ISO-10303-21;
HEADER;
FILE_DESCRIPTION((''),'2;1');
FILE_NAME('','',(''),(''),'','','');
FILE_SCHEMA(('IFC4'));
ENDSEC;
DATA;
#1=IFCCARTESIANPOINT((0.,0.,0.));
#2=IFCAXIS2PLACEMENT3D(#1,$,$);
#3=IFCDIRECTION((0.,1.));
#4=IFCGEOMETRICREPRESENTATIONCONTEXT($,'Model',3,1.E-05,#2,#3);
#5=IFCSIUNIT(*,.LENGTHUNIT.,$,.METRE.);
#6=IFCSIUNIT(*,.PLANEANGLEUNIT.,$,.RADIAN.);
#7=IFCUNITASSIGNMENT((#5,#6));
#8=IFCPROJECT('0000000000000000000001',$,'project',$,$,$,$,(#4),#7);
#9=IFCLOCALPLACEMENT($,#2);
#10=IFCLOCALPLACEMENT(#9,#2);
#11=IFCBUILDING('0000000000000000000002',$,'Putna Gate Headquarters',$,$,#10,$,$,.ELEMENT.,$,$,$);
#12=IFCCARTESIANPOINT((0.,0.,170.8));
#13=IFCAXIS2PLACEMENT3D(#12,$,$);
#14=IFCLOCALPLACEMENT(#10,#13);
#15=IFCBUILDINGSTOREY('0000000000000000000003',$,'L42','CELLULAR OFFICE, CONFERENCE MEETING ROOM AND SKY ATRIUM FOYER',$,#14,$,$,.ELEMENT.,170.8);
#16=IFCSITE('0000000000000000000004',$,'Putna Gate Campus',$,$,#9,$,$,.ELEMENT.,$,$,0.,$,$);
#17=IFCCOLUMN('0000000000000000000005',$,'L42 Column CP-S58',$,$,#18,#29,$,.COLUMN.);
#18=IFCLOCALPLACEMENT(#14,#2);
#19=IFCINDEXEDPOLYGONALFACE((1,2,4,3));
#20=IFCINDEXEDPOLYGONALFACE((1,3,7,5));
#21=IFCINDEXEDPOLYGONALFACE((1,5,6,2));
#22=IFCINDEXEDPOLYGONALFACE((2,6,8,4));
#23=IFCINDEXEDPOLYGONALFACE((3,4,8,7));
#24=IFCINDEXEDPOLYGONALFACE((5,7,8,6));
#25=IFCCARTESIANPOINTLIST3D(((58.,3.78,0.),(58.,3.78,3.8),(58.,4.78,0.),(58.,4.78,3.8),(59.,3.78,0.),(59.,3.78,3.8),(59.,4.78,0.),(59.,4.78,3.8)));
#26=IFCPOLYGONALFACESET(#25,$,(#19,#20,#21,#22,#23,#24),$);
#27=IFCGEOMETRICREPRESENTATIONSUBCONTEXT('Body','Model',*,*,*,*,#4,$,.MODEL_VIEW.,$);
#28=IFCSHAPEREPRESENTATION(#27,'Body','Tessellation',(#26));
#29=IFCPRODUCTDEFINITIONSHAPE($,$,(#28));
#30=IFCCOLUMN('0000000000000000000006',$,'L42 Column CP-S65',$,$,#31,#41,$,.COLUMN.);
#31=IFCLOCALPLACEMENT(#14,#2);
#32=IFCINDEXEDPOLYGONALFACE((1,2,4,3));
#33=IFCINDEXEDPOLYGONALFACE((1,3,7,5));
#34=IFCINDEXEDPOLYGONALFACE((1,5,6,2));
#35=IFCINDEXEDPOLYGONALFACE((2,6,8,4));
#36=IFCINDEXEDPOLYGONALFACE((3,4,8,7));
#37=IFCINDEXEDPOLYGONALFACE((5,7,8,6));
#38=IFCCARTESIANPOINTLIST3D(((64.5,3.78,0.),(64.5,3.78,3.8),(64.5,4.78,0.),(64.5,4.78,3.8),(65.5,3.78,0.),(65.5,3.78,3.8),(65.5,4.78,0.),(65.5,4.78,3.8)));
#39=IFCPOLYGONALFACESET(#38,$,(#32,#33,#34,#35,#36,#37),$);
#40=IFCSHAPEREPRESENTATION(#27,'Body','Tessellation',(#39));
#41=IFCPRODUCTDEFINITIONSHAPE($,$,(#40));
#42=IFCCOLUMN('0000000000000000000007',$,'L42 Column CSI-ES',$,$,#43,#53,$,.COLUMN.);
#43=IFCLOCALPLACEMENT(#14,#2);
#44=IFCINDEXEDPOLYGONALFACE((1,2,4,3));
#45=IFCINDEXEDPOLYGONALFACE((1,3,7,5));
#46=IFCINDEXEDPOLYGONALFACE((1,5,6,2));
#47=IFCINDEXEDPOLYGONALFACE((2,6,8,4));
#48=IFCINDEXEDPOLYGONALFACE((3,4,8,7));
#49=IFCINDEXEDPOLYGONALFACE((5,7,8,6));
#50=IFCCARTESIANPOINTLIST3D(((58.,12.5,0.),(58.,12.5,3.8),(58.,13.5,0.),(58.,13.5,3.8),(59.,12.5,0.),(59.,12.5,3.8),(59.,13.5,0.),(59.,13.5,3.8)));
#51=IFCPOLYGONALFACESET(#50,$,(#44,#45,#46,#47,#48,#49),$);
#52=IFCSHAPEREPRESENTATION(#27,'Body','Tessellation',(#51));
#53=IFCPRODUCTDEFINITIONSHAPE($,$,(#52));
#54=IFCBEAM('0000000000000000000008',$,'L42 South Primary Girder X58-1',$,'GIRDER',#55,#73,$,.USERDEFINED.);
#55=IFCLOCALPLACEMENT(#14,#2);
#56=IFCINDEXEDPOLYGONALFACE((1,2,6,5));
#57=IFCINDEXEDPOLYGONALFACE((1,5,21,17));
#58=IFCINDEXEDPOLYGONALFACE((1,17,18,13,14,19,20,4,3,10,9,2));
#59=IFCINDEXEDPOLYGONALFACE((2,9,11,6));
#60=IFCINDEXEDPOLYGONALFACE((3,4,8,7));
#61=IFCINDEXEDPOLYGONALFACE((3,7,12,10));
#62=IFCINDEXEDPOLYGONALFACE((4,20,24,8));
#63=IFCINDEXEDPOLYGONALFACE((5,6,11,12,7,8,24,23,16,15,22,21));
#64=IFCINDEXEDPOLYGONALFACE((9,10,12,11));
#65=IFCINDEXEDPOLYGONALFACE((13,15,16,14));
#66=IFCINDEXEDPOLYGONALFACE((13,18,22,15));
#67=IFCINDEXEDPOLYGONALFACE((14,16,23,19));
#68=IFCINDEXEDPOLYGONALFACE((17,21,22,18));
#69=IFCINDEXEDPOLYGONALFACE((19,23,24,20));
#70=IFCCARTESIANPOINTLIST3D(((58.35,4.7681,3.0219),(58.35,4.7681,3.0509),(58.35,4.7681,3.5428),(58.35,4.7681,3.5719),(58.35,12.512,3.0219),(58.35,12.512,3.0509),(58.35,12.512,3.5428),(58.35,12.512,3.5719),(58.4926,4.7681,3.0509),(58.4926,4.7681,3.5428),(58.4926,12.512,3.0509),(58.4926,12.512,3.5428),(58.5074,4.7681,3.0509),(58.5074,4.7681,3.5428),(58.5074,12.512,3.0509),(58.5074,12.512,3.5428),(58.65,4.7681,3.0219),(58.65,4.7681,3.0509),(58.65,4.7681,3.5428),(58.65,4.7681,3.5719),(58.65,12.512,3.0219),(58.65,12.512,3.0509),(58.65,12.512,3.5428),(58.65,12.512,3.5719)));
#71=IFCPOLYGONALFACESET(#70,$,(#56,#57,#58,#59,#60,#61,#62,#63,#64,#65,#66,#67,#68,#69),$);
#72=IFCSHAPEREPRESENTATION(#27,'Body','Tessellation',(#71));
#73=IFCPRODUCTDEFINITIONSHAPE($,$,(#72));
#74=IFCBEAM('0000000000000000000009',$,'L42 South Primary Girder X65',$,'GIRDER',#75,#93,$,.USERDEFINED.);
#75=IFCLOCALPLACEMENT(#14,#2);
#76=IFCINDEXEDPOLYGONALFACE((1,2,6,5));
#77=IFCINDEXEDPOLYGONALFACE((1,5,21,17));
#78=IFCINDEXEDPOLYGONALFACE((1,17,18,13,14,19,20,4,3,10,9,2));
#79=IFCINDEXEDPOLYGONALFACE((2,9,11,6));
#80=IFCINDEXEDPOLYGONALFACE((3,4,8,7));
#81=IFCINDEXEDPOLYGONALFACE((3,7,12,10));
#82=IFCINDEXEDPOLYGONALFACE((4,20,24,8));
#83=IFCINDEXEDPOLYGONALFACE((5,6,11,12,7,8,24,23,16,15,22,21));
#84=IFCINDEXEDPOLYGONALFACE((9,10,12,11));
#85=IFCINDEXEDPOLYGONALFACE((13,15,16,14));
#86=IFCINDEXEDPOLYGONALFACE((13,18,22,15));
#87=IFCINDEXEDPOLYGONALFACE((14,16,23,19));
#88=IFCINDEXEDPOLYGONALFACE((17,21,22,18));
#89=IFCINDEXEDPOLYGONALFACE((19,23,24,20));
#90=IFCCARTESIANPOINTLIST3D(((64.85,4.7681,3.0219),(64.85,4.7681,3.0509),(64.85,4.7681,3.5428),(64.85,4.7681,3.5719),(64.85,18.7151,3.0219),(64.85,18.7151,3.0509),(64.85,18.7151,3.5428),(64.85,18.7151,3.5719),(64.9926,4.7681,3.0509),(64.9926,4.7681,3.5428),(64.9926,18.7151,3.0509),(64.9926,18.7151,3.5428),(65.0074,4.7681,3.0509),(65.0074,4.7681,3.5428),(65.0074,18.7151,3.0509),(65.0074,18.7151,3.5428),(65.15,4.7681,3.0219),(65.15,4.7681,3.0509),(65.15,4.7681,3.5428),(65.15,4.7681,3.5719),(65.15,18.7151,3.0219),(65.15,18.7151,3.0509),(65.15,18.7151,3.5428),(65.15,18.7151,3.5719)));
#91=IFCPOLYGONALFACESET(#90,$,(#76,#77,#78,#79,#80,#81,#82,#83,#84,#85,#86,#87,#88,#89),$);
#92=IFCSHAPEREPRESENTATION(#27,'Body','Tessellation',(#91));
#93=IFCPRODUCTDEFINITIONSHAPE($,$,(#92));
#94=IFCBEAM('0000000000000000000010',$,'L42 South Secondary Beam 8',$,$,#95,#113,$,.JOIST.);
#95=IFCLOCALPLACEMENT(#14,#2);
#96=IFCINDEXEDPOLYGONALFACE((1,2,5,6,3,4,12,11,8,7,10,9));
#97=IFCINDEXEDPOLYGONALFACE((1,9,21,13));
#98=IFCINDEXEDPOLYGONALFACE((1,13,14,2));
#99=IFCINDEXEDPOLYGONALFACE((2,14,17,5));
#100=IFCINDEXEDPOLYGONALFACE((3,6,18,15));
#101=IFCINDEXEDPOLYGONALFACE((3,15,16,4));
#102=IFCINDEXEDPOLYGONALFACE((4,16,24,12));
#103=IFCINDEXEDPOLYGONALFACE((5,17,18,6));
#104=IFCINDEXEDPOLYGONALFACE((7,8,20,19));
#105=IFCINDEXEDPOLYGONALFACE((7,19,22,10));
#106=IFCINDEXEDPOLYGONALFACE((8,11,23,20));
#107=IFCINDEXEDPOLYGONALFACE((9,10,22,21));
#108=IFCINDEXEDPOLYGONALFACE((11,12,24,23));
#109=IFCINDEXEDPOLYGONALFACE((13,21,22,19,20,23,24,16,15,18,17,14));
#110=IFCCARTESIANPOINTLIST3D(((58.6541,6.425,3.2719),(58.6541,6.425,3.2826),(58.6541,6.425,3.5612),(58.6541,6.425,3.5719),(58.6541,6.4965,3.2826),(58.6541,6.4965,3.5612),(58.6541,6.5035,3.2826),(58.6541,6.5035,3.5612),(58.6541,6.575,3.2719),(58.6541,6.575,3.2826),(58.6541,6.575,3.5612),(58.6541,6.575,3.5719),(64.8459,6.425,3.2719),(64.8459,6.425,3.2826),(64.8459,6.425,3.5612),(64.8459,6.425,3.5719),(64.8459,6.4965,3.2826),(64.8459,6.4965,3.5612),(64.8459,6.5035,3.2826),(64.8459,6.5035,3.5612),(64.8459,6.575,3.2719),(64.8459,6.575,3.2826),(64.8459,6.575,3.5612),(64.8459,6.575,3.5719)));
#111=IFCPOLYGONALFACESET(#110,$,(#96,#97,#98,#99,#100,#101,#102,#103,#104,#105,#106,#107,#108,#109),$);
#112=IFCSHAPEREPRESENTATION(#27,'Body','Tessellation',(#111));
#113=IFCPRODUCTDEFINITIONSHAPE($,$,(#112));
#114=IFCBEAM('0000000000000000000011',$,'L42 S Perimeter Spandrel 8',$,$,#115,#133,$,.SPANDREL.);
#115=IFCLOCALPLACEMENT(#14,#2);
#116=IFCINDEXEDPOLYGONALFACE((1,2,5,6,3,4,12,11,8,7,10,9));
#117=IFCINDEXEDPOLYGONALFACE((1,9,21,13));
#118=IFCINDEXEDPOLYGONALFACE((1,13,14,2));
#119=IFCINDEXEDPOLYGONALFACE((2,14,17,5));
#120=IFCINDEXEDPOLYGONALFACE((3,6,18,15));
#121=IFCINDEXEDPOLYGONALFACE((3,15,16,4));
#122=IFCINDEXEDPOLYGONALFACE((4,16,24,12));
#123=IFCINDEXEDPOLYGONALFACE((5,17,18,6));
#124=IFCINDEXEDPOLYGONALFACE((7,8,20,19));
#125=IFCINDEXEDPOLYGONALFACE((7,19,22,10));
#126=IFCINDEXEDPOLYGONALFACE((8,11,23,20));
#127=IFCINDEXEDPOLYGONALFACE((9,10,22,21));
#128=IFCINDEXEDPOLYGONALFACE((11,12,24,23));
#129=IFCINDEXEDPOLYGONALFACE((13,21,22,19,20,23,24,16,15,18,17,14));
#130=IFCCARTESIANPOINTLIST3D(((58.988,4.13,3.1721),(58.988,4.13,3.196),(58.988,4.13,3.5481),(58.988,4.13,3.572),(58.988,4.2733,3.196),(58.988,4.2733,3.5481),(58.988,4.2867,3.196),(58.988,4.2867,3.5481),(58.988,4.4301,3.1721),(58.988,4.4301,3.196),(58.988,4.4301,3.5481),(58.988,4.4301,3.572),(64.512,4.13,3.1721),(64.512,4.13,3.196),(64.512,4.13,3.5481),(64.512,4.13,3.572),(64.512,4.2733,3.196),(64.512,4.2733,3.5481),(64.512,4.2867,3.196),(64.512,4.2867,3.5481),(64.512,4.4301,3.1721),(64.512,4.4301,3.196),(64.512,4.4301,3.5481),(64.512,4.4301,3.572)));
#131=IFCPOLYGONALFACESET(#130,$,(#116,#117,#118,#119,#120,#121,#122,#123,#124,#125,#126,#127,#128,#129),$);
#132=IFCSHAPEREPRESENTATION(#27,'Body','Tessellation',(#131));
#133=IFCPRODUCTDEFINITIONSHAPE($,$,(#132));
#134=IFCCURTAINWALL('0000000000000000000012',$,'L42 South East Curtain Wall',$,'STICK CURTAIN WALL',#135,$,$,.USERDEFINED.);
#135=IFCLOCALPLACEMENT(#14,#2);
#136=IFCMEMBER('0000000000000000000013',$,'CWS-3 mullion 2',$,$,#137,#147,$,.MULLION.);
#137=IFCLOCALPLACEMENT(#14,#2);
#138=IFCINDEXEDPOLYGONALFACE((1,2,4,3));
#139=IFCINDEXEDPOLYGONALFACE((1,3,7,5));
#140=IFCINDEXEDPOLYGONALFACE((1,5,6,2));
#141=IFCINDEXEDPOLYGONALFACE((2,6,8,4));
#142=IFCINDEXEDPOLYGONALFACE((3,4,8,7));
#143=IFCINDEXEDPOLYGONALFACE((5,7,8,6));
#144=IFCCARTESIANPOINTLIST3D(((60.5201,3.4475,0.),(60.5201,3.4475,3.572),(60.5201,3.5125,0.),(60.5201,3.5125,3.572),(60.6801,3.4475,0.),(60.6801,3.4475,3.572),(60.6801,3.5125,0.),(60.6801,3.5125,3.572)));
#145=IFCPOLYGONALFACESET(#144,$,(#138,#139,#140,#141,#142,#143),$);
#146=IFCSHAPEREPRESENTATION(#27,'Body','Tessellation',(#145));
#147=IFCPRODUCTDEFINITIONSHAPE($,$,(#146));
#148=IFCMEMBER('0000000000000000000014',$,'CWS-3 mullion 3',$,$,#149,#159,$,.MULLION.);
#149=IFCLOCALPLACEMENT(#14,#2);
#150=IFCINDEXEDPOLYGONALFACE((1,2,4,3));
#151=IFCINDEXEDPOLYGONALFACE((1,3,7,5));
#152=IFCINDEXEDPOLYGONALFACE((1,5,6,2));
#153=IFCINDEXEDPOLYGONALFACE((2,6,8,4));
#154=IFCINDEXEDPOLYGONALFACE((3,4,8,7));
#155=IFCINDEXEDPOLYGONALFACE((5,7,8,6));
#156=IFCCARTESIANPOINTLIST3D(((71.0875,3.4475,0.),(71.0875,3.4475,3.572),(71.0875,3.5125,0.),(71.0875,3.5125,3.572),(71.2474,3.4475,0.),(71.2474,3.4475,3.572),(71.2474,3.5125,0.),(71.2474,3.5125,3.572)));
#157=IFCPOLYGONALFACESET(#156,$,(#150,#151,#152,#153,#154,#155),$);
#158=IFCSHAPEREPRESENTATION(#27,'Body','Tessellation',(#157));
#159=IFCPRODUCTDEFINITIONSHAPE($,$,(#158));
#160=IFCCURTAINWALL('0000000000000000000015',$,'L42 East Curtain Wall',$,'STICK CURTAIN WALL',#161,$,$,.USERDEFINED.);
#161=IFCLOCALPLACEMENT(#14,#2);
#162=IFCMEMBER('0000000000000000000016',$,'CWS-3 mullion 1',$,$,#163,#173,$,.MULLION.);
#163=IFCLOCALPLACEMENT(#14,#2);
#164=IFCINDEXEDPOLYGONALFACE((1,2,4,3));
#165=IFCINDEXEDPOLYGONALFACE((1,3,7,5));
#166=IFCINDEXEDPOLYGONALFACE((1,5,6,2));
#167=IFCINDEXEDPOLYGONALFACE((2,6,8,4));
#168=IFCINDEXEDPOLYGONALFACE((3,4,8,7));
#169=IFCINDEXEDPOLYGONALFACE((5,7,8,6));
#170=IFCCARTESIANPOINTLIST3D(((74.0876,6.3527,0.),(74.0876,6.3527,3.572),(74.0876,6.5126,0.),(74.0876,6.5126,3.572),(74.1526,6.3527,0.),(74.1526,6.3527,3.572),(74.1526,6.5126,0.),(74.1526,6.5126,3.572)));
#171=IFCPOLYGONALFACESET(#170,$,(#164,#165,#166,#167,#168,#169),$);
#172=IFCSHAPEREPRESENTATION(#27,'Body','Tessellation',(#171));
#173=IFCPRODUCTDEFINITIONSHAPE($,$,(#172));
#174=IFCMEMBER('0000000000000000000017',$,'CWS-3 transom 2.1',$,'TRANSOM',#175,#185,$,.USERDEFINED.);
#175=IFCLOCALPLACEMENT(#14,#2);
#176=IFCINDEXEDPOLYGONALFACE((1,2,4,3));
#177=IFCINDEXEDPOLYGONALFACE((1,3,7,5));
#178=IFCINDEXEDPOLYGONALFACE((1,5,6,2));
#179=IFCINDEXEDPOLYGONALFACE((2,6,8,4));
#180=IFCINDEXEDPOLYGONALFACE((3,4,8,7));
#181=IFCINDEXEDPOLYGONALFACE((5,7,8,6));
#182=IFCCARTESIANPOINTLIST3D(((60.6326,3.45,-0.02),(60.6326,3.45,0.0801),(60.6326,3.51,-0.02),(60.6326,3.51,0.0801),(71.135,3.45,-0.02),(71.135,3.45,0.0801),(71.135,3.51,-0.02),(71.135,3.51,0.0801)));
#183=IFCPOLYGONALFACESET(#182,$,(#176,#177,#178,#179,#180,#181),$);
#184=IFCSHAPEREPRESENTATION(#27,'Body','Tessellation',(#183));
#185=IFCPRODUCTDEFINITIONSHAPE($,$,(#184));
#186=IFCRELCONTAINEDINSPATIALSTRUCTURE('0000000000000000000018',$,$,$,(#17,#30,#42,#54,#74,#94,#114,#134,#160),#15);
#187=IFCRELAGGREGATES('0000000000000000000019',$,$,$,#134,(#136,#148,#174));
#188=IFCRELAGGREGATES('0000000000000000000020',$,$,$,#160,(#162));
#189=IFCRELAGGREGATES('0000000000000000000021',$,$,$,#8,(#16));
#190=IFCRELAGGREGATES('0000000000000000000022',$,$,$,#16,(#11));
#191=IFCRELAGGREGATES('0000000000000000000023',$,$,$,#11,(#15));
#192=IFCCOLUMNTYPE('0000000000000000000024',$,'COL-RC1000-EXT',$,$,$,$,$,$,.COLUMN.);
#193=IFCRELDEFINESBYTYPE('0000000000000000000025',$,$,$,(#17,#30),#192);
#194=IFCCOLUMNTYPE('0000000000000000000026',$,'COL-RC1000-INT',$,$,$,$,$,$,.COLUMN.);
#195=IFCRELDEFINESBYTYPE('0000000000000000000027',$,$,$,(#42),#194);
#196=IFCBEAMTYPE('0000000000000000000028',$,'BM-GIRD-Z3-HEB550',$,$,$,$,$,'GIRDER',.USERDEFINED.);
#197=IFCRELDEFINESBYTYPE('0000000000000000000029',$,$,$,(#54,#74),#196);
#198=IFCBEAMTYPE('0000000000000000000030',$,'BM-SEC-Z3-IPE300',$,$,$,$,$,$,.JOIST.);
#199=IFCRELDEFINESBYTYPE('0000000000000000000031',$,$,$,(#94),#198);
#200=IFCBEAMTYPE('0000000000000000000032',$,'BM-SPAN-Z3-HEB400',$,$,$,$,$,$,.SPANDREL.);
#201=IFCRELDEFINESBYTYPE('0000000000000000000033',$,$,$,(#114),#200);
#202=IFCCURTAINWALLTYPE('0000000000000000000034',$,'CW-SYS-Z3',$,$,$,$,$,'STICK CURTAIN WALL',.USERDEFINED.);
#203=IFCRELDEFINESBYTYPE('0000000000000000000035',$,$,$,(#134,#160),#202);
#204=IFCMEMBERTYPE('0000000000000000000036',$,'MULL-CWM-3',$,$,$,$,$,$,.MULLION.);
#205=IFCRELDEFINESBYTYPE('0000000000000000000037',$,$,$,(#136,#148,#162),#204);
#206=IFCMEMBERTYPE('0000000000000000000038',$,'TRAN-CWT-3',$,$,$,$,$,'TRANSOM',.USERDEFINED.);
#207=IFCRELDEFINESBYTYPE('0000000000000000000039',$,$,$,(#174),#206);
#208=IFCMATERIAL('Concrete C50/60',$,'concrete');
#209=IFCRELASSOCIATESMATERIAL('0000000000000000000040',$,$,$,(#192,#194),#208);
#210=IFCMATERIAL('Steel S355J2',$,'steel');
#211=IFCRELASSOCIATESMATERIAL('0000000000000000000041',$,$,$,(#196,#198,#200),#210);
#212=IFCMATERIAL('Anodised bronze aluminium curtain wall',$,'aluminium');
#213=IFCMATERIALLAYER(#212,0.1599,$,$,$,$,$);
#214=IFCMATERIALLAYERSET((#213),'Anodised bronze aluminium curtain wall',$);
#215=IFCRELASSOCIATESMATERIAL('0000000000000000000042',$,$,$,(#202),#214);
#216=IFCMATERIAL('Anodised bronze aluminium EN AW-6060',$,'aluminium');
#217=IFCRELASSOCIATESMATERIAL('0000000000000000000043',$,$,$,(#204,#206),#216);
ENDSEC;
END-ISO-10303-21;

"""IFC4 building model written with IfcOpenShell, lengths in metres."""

from ifc_helpers import new_model, si_unit, direction, frame, origin, origin_2d, place, context, subcontext, project, spatial, rectangle, i_section, extrude, material, layer, layer_set, material_profile, profile_set, type_object, element, aggregate, save


model = new_model("IFC4")

# Units and contexts
model_context = context("Model", 3, precision=1e-05, world=origin(), true_north=direction((0.0, 1.0)))
body_context = subcontext(model_context, "Body", "Model", "MODEL_VIEW")
ifc_project = project(units=[si_unit("LENGTHUNIT", "METRE"), si_unit("PLANEANGLEUNIT", "RADIAN")], contexts=[model_context])

# Site, building, storey
site_placement = place(None, origin())
site = spatial("IfcSite", under=ifc_project, at=site_placement, Name="Putna Gate Campus", CompositionType="ELEMENT", RefElevation=0.0)
building_placement = place(site_placement, origin())
building = spatial("IfcBuilding", under=site, at=building_placement, Name="Putna Gate Headquarters", CompositionType="ELEMENT")
storey_placement = place(building_placement, frame((0.0, 0.0, 170.8)))
storey = spatial("IfcBuildingStorey", under=building, at=storey_placement, Name="L42", Description="CELLULAR OFFICE, CONFERENCE MEETING ROOM AND SKY ATRIUM FOYER", CompositionType="ELEMENT", Elevation=170.8)

# Columns
ifc_material_1 = material(Name="Concrete C50/60", Category="concrete")
ifc_material_profile_1 = material_profile(ifc_material_1, rectangle(XDim=1.0, YDim=1.0, at=origin_2d()), Name="Concrete C50/60")
ifc_profile_set_1 = profile_set([ifc_material_profile_1], Name="Concrete C50/60")
column_type_1 = type_object("IfcColumnType", Name="COL-RC1000-EXT", PredefinedType="COLUMN", material=ifc_profile_set_1)
for number, where, z_axis, x_axis, name in (
    (1, (58.5, 4.28, 0.0), (0.0, 0.0, 1.0), (1.0, 0.0, 0.0), "L42 Column CP-S58"),
    (2, (65.0, 4.28, 0.0), (0.0, 0.0, 1.0), (1.0, 0.0, 0.0), "L42 Column CP-S65"),
):
    element("IfcColumn", number, at=place(storey_placement, frame(where, z_axis=z_axis, x_axis=x_axis)), inside=storey, type_object=column_type_1, Name=name, PredefinedType="COLUMN", context=body_context, shape_type="SweptSolid", body=[
        extrude(rectangle(XDim=1.0, YDim=1.0, at=origin_2d()), origin(), (0.0, 0.0, 1.0), 3.8),
    ])
ifc_material_profile_2 = material_profile(ifc_material_1, rectangle(XDim=1.0, YDim=1.0, at=origin_2d()), Name="Concrete C50/60")
ifc_profile_set_2 = profile_set([ifc_material_profile_2], Name="Concrete C50/60")
column_type_2 = type_object("IfcColumnType", Name="COL-RC1000-INT", PredefinedType="COLUMN", material=ifc_profile_set_2)
column_placement = place(storey_placement, frame((58.5, 13.0, 0.0), z_axis=(0.0, 0.0, 1.0), x_axis=(1.0, 0.0, 0.0)))
element("IfcColumn", 3, at=column_placement, inside=storey, type_object=column_type_2, Name="L42 Column CSI-ES", PredefinedType="COLUMN", context=body_context, shape_type="SweptSolid", body=[
    extrude(rectangle(XDim=1.0, YDim=1.0, at=origin_2d()), origin(), (0.0, 0.0, 1.0), 3.8),
])

# Beams
ifc_material_2 = material(Name="Steel S355J2", Category="steel")
ifc_material_profile_3 = material_profile(ifc_material_2, i_section(OverallWidth=0.3, OverallDepth=0.55, WebThickness=0.0149, FlangeThickness=0.0291, at=origin_2d()), Name="Steel S355J2")
ifc_profile_set_3 = profile_set([ifc_material_profile_3], Name="Steel S355J2")
beam_type_1 = type_object("IfcBeamType", Name="BM-GIRD-Z3-HEB550", ElementType="GIRDER", PredefinedType="USERDEFINED", material=ifc_profile_set_3)
beam_1_placement = place(storey_placement, frame((58.5, 4.7681, 3.2969), z_axis=(0.0, 1.0, 0.0), x_axis=(-1.0, 0.0, 0.0)))
element("IfcBeam", 4, at=beam_1_placement, inside=storey, type_object=beam_type_1, Name="L42 South Primary Girder X58-1", ObjectType="GIRDER", PredefinedType="USERDEFINED", context=body_context, shape_type="SweptSolid", body=[
    extrude(i_section(OverallWidth=0.3, OverallDepth=0.55, WebThickness=0.0149, FlangeThickness=0.0291, at=origin_2d()), origin(), (0.0, 0.0, 1.0), 7.7439),
])
beam_2_placement = place(storey_placement, frame((65.0, 4.7681, 3.2969), z_axis=(0.0, 1.0, 0.0), x_axis=(-1.0, 0.0, 0.0)))
element("IfcBeam", 5, at=beam_2_placement, inside=storey, type_object=beam_type_1, Name="L42 South Primary Girder X65", ObjectType="GIRDER", PredefinedType="USERDEFINED", context=body_context, shape_type="SweptSolid", body=[
    extrude(i_section(OverallWidth=0.3, OverallDepth=0.55, WebThickness=0.0149, FlangeThickness=0.0291, at=origin_2d()), origin(), (0.0, 0.0, 1.0), 13.947),
])
ifc_material_profile_4 = material_profile(ifc_material_2, i_section(OverallWidth=0.1499, OverallDepth=0.3, WebThickness=0.0071, FlangeThickness=0.0107, at=origin_2d()), Name="Steel S355J2")
ifc_profile_set_4 = profile_set([ifc_material_profile_4], Name="Steel S355J2")
beam_type_2 = type_object("IfcBeamType", Name="BM-SEC-Z3-IPE300", PredefinedType="JOIST", material=ifc_profile_set_4)
beam_3_placement = place(storey_placement, frame((58.6541, 6.5, 3.4219), z_axis=(1.0, 0.0, 0.0), x_axis=(0.0, 1.0, 0.0)))
element("IfcBeam", 6, at=beam_3_placement, inside=storey, type_object=beam_type_2, Name="L42 South Secondary Beam 8", PredefinedType="JOIST", context=body_context, shape_type="SweptSolid", body=[
    extrude(i_section(OverallWidth=0.1499, OverallDepth=0.3, WebThickness=0.0071, FlangeThickness=0.0107, at=origin_2d()), origin(), (0.0, 0.0, 1.0), 6.1919),
])
ifc_material_profile_5 = material_profile(ifc_material_2, i_section(OverallWidth=0.3, OverallDepth=0.3999, WebThickness=0.0134, FlangeThickness=0.0239, at=origin_2d()), Name="Steel S355J2")
ifc_profile_set_5 = profile_set([ifc_material_profile_5], Name="Steel S355J2")
beam_type_3 = type_object("IfcBeamType", Name="BM-SPAN-Z3-HEB400", PredefinedType="SPANDREL", material=ifc_profile_set_5)
beam_4_placement = place(storey_placement, frame((58.988, 4.28, 3.3721), z_axis=(1.0, 0.0, 0.0), x_axis=(0.0, 1.0, 0.0)))
element("IfcBeam", 7, at=beam_4_placement, inside=storey, type_object=beam_type_3, Name="L42 S Perimeter Spandrel 8", PredefinedType="SPANDREL", context=body_context, shape_type="SweptSolid", body=[
    extrude(i_section(OverallWidth=0.3, OverallDepth=0.3999, WebThickness=0.0134, FlangeThickness=0.0239, at=origin_2d()), origin(), (0.0, 0.0, 1.0), 5.5239),
])

# Curtain wall, members
ifc_material_3 = material(Name="Anodised bronze aluminium curtain wall", Category="aluminium")
ifc_layer_1 = layer(ifc_material_3, 0.1599)
ifc_layer_set_1 = layer_set([ifc_layer_1], Name="Anodised bronze aluminium curtain wall")
curtain_wall_type = type_object("IfcCurtainWallType", Name="CW-SYS-Z3", ElementType="STICK CURTAIN WALL", PredefinedType="USERDEFINED", material=ifc_layer_set_1)
curtain_wall_1_placement = place(storey_placement, origin())
curtain_wall_1 = element("IfcCurtainWall", 8, at=curtain_wall_1_placement, inside=storey, type_object=curtain_wall_type, Name="L42 South East Curtain Wall", ObjectType="STICK CURTAIN WALL", PredefinedType="USERDEFINED")
ifc_material_4 = material(Name="Anodised bronze aluminium EN AW-6060", Category="aluminium")
ifc_material_profile_6 = material_profile(ifc_material_4, rectangle(XDim=0.0649, YDim=0.1599, at=origin_2d()), Name="Anodised bronze aluminium EN AW-6060")
ifc_profile_set_6 = profile_set([ifc_material_profile_6], Name="Anodised bronze aluminium EN AW-6060")
member_type_1 = type_object("IfcMemberType", Name="MULL-CWM-3", PredefinedType="MULLION", material=ifc_profile_set_6)
member_1_placement = place(storey_placement, frame((60.6001, 3.48, 0.0), z_axis=(0.0, 0.0, 1.0), x_axis=(0.0, 1.0, 0.0)))
member_1 = element("IfcMember", 9, at=member_1_placement, type_object=member_type_1, Name="CWS-3 mullion 2", PredefinedType="MULLION", context=body_context, shape_type="SweptSolid", body=[
    extrude(rectangle(XDim=0.0649, YDim=0.1599, at=origin_2d()), origin(), (0.0, 0.0, 1.0), 3.572),
])
member_2_placement = place(storey_placement, frame((71.1675, 3.48, 0.0), z_axis=(0.0, 0.0, 1.0), x_axis=(0.0, 1.0, 0.0)))
member_2 = element("IfcMember", 10, at=member_2_placement, type_object=member_type_1, Name="CWS-3 mullion 3", PredefinedType="MULLION", context=body_context, shape_type="SweptSolid", body=[
    extrude(rectangle(XDim=0.0649, YDim=0.1599, at=origin_2d()), origin(), (0.0, 0.0, 1.0), 3.572),
])

# Curtain wall, member
curtain_wall_2_placement = place(storey_placement, origin())
curtain_wall_2 = element("IfcCurtainWall", 11, at=curtain_wall_2_placement, inside=storey, type_object=curtain_wall_type, Name="L42 East Curtain Wall", ObjectType="STICK CURTAIN WALL", PredefinedType="USERDEFINED")
member_3_placement = place(storey_placement, frame((74.1201, 6.4326, 0.0), z_axis=(0.0, 0.0, 1.0), x_axis=(-1.0, 0.0, 0.0)))
member_3 = element("IfcMember", 12, at=member_3_placement, type_object=member_type_1, Name="CWS-3 mullion 1", PredefinedType="MULLION", context=body_context, shape_type="SweptSolid", body=[
    extrude(rectangle(XDim=0.0649, YDim=0.1599, at=origin_2d()), origin(), (0.0, 0.0, 1.0), 3.572),
])

# Member
ifc_material_profile_7 = material_profile(ifc_material_4, rectangle(XDim=0.0601, YDim=0.1001, at=origin_2d()), Name="Anodised bronze aluminium EN AW-6060")
ifc_profile_set_7 = profile_set([ifc_material_profile_7], Name="Anodised bronze aluminium EN AW-6060")
member_type_2 = type_object("IfcMemberType", Name="TRAN-CWT-3", ElementType="TRANSOM", PredefinedType="USERDEFINED", material=ifc_profile_set_7)
member_4_placement = place(storey_placement, frame((60.6326, 3.48, 0.03), z_axis=(1.0, 0.0, 0.0), x_axis=(0.0, 1.0, 0.0)))
member_4 = element("IfcMember", 13, at=member_4_placement, type_object=member_type_2, Name="CWS-3 transom 2.1", ObjectType="TRANSOM", PredefinedType="USERDEFINED", context=body_context, shape_type="SweptSolid", body=[
    extrude(rectangle(XDim=0.0601, YDim=0.1001, at=origin_2d()), origin(), (0.0, 0.0, 1.0), 10.5024),
])

aggregate(curtain_wall_1, [member_1, member_2, member_4])
aggregate(curtain_wall_2, [member_3])

save(model, "model.ifc")
